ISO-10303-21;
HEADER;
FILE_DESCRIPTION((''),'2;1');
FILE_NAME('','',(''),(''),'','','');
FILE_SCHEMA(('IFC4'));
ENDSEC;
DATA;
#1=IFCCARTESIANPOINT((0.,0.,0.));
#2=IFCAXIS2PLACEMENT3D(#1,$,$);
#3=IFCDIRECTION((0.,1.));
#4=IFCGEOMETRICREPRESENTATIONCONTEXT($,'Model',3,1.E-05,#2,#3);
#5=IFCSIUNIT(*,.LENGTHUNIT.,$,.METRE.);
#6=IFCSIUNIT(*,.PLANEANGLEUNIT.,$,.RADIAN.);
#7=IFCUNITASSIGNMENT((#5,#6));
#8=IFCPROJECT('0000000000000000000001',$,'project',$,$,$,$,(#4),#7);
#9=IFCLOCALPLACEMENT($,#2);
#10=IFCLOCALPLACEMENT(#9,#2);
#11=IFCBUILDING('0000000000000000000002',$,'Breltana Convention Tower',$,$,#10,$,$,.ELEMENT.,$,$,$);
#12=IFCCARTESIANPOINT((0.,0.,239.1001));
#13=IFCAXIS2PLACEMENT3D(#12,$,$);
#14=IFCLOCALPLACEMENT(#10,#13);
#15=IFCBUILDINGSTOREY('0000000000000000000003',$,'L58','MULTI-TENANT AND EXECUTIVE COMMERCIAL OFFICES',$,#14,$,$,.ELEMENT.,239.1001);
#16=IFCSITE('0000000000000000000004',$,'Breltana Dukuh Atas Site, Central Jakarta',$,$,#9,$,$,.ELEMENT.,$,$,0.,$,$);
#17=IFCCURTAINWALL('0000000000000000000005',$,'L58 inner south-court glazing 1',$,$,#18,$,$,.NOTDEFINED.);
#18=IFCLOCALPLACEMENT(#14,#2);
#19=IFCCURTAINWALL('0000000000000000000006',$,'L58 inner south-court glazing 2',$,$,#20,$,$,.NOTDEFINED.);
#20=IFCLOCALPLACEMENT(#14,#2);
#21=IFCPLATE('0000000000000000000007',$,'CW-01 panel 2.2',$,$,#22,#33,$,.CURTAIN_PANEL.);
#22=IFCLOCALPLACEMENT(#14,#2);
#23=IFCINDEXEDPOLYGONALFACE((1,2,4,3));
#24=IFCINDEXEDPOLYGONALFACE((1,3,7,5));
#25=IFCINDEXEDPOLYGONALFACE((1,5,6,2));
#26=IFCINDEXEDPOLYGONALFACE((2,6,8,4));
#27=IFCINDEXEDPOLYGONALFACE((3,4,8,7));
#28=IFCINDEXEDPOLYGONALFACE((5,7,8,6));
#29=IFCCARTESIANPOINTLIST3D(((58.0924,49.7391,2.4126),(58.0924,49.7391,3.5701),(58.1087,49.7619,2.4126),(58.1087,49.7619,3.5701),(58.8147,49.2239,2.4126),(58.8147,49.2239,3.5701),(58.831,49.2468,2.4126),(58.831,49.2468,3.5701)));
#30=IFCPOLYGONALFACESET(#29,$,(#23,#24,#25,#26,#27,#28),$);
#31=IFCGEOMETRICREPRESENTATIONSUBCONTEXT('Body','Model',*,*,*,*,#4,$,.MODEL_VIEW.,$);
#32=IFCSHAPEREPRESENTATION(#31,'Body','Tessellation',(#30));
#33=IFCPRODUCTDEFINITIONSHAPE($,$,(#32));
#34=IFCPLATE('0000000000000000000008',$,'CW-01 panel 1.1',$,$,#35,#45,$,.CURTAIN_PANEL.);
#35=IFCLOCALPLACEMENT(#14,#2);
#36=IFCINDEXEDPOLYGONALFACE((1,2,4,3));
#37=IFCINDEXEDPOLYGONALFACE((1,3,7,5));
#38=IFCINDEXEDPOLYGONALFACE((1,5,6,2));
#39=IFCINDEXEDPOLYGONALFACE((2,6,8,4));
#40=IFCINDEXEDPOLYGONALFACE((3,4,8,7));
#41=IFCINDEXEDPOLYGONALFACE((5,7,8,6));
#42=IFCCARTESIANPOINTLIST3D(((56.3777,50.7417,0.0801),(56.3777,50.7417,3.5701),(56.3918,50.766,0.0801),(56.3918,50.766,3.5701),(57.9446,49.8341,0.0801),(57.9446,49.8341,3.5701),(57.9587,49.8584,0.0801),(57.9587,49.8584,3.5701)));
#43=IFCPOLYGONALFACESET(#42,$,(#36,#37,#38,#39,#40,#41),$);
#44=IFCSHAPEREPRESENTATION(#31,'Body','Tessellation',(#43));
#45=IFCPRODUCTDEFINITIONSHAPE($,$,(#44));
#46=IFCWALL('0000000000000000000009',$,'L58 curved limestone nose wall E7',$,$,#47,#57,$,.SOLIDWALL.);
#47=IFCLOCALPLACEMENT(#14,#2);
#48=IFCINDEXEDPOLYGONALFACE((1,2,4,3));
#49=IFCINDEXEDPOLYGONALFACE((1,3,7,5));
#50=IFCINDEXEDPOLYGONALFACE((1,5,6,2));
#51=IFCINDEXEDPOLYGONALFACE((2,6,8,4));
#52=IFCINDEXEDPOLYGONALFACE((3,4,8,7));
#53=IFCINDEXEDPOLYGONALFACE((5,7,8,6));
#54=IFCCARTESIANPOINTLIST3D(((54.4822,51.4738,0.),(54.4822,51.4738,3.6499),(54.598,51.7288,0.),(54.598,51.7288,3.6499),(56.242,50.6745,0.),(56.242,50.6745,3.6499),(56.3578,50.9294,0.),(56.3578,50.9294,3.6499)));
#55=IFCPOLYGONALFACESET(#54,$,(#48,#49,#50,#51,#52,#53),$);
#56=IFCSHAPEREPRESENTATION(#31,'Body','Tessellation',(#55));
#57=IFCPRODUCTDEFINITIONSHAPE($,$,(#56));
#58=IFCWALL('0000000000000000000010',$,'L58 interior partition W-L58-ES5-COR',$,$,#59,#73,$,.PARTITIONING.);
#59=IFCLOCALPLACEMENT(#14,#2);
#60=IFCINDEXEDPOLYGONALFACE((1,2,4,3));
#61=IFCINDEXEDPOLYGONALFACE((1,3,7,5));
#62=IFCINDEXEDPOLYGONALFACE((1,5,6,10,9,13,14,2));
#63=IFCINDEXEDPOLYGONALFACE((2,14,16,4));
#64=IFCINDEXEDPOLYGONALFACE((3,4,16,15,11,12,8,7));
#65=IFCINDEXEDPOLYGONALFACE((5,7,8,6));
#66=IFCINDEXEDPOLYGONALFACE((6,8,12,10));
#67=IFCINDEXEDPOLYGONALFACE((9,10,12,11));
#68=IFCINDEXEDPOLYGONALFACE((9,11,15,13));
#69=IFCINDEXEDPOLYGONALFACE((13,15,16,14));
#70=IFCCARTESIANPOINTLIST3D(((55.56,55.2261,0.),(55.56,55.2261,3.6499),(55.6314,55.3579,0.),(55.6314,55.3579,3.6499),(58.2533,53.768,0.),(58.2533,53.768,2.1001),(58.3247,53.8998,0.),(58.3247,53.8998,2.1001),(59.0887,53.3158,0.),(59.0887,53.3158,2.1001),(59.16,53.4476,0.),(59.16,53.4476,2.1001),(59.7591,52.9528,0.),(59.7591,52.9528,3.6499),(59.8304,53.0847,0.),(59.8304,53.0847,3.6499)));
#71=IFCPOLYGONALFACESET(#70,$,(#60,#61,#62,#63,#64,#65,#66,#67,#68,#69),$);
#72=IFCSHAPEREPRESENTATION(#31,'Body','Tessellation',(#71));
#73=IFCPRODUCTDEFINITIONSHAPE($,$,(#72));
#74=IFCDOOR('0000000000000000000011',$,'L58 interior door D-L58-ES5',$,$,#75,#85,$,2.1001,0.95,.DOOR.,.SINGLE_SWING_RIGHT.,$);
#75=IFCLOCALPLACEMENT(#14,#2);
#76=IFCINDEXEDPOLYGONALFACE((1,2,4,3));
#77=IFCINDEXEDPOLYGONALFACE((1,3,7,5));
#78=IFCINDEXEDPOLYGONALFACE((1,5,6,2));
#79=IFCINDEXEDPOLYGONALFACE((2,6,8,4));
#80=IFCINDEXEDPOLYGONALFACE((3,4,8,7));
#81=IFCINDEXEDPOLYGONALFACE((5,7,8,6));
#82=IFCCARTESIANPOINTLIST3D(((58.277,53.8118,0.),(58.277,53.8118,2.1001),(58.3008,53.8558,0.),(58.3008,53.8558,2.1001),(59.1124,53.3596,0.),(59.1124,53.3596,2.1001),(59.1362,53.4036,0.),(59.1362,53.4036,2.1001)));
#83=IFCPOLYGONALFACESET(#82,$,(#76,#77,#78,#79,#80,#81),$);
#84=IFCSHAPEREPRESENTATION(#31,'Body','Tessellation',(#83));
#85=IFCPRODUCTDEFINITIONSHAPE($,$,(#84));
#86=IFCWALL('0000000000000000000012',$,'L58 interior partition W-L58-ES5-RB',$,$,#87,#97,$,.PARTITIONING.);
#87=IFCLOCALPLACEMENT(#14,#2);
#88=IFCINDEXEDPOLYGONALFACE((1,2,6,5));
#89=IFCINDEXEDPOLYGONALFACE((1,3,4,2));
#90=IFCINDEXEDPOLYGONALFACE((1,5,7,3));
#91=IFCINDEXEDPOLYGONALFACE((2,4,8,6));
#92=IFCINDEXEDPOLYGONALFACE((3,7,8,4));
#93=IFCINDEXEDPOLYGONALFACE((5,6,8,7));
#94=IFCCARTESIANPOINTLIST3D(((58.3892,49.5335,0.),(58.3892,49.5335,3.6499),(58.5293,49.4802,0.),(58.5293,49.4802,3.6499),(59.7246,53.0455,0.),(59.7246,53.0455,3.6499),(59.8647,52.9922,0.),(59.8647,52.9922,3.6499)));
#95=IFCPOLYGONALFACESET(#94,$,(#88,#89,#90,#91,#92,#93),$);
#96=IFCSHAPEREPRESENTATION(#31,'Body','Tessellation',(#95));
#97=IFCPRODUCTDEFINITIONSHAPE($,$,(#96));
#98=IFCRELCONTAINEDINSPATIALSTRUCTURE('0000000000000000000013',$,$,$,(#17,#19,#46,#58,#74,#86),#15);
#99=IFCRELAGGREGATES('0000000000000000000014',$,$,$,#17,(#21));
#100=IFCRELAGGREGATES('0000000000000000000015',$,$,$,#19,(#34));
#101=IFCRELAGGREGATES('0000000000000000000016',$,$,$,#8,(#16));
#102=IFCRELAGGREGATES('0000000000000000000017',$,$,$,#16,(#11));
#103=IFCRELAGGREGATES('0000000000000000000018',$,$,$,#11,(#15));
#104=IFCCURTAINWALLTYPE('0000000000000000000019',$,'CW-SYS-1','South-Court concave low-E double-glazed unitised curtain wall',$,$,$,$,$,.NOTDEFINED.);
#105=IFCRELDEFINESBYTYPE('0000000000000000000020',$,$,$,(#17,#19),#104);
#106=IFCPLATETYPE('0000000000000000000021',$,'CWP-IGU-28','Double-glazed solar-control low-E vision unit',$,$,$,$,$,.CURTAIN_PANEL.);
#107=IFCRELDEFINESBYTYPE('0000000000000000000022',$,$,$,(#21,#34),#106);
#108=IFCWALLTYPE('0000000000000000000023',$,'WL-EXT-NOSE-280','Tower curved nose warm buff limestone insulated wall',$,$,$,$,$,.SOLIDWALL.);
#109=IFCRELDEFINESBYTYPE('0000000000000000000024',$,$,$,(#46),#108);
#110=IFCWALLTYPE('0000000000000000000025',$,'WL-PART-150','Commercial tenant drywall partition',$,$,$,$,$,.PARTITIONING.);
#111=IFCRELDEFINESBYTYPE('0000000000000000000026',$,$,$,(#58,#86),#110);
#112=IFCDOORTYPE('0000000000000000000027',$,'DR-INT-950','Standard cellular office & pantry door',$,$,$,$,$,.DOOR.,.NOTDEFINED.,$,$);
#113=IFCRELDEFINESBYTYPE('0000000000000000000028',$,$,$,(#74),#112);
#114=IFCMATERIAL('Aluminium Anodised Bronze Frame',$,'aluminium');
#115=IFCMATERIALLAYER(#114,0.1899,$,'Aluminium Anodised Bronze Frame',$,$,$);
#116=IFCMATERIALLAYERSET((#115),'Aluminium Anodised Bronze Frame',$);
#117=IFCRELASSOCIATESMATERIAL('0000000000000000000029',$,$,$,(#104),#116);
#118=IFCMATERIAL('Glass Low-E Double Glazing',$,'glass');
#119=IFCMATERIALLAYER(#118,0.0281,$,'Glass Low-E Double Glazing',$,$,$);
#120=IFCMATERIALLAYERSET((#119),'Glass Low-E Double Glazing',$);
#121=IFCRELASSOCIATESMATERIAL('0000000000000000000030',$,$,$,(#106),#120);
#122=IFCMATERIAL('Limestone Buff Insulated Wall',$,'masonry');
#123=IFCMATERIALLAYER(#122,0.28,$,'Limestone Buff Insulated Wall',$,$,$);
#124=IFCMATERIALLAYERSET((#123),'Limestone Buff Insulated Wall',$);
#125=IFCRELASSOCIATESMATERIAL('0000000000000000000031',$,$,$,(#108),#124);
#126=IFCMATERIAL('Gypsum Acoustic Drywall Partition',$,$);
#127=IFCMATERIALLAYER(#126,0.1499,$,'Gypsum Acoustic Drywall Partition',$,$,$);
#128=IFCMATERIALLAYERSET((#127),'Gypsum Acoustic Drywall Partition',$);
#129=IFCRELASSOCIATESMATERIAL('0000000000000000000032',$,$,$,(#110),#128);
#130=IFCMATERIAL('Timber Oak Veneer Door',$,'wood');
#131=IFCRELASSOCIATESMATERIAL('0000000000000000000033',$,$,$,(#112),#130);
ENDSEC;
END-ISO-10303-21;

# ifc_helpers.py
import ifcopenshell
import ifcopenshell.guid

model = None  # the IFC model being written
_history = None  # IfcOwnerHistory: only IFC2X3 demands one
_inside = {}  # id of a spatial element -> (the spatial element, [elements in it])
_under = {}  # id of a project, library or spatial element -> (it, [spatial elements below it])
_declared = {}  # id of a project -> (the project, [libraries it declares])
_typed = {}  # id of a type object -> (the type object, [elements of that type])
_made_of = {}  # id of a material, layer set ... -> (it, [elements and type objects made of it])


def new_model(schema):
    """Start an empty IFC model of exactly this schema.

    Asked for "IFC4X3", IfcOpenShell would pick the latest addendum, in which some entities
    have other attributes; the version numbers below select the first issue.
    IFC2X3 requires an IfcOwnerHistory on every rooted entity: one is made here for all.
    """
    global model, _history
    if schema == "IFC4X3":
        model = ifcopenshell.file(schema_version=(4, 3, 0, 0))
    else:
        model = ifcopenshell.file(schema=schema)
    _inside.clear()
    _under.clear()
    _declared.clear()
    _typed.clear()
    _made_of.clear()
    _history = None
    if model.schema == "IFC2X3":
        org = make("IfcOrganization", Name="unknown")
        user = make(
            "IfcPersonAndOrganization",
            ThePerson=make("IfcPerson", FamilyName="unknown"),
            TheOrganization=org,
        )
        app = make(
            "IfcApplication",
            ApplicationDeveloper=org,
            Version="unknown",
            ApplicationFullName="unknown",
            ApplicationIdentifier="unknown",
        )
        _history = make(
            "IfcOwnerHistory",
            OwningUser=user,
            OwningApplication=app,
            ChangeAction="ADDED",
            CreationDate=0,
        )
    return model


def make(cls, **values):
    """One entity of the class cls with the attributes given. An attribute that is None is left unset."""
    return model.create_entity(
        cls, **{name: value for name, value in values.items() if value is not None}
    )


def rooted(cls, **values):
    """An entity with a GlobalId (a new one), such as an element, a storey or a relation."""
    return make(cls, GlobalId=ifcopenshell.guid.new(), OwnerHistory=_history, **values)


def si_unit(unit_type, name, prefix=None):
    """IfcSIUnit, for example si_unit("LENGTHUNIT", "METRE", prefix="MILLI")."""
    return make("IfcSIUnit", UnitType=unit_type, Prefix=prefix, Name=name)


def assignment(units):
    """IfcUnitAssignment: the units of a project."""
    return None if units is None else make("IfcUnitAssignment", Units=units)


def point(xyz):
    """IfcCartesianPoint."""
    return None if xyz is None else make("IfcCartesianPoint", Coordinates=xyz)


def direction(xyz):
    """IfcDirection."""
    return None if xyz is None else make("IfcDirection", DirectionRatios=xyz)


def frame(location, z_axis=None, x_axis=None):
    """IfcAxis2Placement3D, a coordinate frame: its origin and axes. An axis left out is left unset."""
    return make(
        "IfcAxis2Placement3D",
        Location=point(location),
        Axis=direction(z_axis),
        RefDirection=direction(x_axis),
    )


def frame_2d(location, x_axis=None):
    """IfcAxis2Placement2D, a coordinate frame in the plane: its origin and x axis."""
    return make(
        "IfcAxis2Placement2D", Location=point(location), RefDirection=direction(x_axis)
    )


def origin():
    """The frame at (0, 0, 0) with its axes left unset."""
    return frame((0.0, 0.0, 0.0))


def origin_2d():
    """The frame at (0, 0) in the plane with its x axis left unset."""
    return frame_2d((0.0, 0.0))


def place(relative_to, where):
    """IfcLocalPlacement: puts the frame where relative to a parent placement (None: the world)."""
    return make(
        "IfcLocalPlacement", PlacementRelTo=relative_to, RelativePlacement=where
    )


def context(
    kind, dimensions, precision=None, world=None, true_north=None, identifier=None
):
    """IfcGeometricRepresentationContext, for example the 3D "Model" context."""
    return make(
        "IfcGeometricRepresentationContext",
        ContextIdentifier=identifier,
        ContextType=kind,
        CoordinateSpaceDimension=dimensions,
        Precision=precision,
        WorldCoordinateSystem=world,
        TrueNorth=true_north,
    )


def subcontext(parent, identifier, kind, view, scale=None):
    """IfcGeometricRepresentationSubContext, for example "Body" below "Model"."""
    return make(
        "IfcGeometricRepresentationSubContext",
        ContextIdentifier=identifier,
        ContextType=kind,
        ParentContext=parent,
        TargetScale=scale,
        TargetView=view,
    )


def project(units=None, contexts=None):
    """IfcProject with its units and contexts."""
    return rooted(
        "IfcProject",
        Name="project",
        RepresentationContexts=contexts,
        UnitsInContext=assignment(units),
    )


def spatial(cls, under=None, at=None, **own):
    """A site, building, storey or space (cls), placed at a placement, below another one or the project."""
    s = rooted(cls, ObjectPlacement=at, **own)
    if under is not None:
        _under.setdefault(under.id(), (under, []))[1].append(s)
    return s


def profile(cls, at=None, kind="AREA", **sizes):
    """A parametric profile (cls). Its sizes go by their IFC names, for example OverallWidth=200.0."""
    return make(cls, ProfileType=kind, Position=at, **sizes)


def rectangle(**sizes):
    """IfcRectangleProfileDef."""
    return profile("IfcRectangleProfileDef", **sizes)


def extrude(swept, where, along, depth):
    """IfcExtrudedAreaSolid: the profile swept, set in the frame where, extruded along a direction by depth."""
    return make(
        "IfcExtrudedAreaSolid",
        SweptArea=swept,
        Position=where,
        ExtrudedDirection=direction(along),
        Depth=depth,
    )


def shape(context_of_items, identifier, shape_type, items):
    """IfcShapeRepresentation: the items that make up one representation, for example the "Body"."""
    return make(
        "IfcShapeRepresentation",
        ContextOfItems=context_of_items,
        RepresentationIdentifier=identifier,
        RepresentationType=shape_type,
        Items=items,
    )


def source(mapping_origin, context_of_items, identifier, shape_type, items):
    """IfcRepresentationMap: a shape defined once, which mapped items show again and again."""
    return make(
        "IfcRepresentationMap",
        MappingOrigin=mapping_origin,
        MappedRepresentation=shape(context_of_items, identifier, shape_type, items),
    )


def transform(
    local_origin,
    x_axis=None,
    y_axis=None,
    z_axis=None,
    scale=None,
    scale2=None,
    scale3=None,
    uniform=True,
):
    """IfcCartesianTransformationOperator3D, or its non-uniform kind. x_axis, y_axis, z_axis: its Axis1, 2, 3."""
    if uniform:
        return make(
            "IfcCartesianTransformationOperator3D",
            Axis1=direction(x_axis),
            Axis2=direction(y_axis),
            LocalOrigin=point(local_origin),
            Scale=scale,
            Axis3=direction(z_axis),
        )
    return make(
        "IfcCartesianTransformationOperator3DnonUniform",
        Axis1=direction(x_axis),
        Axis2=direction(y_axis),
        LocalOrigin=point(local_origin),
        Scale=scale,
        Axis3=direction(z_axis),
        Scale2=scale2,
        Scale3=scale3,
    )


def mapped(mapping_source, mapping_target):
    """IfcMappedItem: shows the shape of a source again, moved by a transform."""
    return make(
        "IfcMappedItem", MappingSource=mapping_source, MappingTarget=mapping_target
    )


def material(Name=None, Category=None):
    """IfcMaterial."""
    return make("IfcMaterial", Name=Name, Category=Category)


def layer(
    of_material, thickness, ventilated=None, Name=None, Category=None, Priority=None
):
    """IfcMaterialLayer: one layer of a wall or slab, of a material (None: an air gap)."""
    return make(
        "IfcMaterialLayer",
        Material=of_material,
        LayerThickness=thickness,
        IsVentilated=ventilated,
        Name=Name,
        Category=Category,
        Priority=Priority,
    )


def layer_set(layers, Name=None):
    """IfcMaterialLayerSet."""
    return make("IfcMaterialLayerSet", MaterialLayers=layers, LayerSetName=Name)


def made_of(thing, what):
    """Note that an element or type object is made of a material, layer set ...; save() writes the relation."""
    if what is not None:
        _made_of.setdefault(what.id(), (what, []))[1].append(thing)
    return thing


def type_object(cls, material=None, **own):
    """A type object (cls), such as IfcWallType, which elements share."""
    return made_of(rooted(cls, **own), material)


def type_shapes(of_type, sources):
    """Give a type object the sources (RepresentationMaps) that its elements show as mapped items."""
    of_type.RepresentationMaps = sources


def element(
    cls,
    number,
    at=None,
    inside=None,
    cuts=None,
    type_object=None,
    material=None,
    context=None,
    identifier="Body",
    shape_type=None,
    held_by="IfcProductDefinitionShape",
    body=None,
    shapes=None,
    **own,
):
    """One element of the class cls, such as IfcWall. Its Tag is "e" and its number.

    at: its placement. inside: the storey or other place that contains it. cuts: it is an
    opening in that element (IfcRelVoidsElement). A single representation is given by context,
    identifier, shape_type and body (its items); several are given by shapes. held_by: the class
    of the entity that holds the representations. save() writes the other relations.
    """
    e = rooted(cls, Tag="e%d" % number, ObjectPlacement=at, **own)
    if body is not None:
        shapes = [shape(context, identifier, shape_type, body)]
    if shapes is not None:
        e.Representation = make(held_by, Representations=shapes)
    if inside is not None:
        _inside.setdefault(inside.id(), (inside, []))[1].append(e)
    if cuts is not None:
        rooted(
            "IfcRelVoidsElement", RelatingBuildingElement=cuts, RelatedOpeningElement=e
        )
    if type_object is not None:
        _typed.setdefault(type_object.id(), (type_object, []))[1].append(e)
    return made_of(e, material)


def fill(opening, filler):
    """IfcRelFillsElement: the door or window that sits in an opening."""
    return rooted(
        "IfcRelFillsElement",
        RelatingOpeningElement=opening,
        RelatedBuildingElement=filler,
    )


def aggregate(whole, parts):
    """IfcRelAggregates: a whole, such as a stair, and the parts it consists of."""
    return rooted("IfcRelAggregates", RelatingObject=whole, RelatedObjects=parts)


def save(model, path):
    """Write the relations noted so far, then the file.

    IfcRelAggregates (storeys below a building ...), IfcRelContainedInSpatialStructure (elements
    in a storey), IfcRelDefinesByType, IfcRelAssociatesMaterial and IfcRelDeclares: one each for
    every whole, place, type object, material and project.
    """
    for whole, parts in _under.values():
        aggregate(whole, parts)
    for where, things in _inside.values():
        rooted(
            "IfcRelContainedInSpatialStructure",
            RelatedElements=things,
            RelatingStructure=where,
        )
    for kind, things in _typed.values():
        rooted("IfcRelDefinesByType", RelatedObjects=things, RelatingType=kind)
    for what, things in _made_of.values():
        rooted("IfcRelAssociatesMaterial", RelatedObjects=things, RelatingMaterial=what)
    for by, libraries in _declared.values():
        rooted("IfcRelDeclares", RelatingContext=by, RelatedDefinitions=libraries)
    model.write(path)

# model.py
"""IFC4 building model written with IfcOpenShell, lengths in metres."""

from ifc_helpers import new_model, si_unit, direction, frame, frame_2d, origin, origin_2d, place, context, subcontext, project, spatial, rectangle, extrude, source, transform, mapped, material, layer, layer_set, type_object, type_shapes, element, fill, aggregate, save


model = new_model("IFC4")

# Units and contexts
model_context = context("Model", 3, precision=1e-05, world=origin(), true_north=direction((0.0, 1.0)))
body_context = subcontext(model_context, "Body", "Model", "MODEL_VIEW")
ifc_project = project(units=[si_unit("LENGTHUNIT", "METRE"), si_unit("PLANEANGLEUNIT", "RADIAN")], contexts=[model_context])

# Site, building, storey
site_placement = place(None, origin())
site = spatial("IfcSite", under=ifc_project, at=site_placement, Name="Breltana Dukuh Atas Site, Central Jakarta", CompositionType="ELEMENT", RefElevation=0.0)
building_placement = place(site_placement, origin())
building = spatial("IfcBuilding", under=site, at=building_placement, Name="Breltana Convention Tower", CompositionType="ELEMENT")
storey_placement = place(building_placement, frame((0.0, 0.0, 239.1001)))
storey = spatial("IfcBuildingStorey", under=building, at=storey_placement, Name="L58", Description="MULTI-TENANT AND EXECUTIVE COMMERCIAL OFFICES", CompositionType="ELEMENT", Elevation=239.1001)

# Curtain wall
ifc_material_1 = material(Name="Aluminium Anodised Bronze Frame", Category="aluminium")
ifc_layer_1 = layer(ifc_material_1, 0.1899, Name="Aluminium Anodised Bronze Frame")
ifc_layer_set_1 = layer_set([ifc_layer_1], Name="Aluminium Anodised Bronze Frame")
curtain_wall_type = type_object("IfcCurtainWallType", Name="CW-SYS-1", Description="South-Court concave low-E double-glazed unitised curtain wall", PredefinedType="NOTDEFINED", material=ifc_layer_set_1)
curtain_wall_1_placement = place(storey_placement, origin())
curtain_wall_1 = element("IfcCurtainWall", 1, at=curtain_wall_1_placement, inside=storey, type_object=curtain_wall_type, Name="L58 inner south-court glazing 1", PredefinedType="NOTDEFINED")

# Curtain wall
curtain_wall_2_placement = place(storey_placement, origin())
curtain_wall_2 = element("IfcCurtainWall", 2, at=curtain_wall_2_placement, inside=storey, type_object=curtain_wall_type, Name="L58 inner south-court glazing 2", PredefinedType="NOTDEFINED")

# Plates
ifc_material_2 = material(Name="Glass Low-E Double Glazing", Category="glass")
ifc_layer_2 = layer(ifc_material_2, 0.0281, Name="Glass Low-E Double Glazing")
ifc_layer_set_2 = layer_set([ifc_layer_2], Name="Glass Low-E Double Glazing")
plate_type = type_object("IfcPlateType", Name="CWP-IGU-28", Description="Double-glazed solar-control low-E vision unit", PredefinedType="CURTAIN_PANEL", material=ifc_layer_set_2)
shared_shape_1 = source(origin(), body_context, "Body", "SweptSolid", [
    extrude(rectangle(XDim=0.8872, YDim=0.0281, at=origin_2d()), origin(), (0.0, 0.0, 1.0), 1.1575),
])
plate_1_placement = place(storey_placement, frame((58.4617, 49.4929, 2.4126), z_axis=(0.0, 0.0, 1.0), x_axis=(-0.814132, 0.580679, 0.0)))
plate_1 = element("IfcPlate", 3, at=plate_1_placement, type_object=plate_type, Name="CW-01 panel 2.2", PredefinedType="CURTAIN_PANEL", context=body_context, shape_type="MappedRepresentation", body=[
    mapped(shared_shape_1, transform((0.0, 0.0, 0.0), scale=1.0)),
])
aggregate(curtain_wall_1, [plate_1])
shared_shape_2 = source(origin(), body_context, "Body", "SweptSolid", [
    extrude(rectangle(XDim=1.8108, YDim=0.0281, at=origin_2d()), origin(), (0.0, 0.0, 1.0), 3.49),
])
plate_2_placement = place(storey_placement, frame((57.1682, 50.3, 0.0801), z_axis=(0.0, 0.0, 1.0), x_axis=(-0.865337, 0.50119, 0.0)))
plate_2 = element("IfcPlate", 4, at=plate_2_placement, type_object=plate_type, Name="CW-01 panel 1.1", PredefinedType="CURTAIN_PANEL", context=body_context, shape_type="MappedRepresentation", body=[
    mapped(shared_shape_2, transform((0.0, 0.0, 0.0), scale=1.0)),
])
aggregate(curtain_wall_2, [plate_2])

# Wall
ifc_material_3 = material(Name="Limestone Buff Insulated Wall", Category="masonry")
ifc_layer_3 = layer(ifc_material_3, 0.28, Name="Limestone Buff Insulated Wall")
ifc_layer_set_3 = layer_set([ifc_layer_3], Name="Limestone Buff Insulated Wall")
wall_type_1 = type_object("IfcWallType", Name="WL-EXT-NOSE-280", Description="Tower curved nose warm buff limestone insulated wall", PredefinedType="SOLIDWALL", material=ifc_layer_set_3)
shared_shape_3 = source(origin(), body_context, "Body", "SweptSolid", [
    extrude(rectangle(XDim=1.9329, YDim=0.28, at=frame_2d((0.9663, 0.0))), origin(), (0.0, 0.0, 1.0), 3.6499),
])
wall_1_placement = place(storey_placement, frame((56.2998, 50.802, 0.0), z_axis=(0.0, 0.0, 1.0), x_axis=(-0.910479, 0.413555, 0.0)))
element("IfcWall", 5, at=wall_1_placement, inside=storey, type_object=wall_type_1, Name="L58 curved limestone nose wall E7", PredefinedType="SOLIDWALL", context=body_context, shape_type="MappedRepresentation", body=[
    mapped(shared_shape_3, transform((0.0, 0.0, 0.0), scale=1.0)),
])

# Wall, opening, door
ifc_material_4 = material(Name="Gypsum Acoustic Drywall Partition")
ifc_layer_4 = layer(ifc_material_4, 0.1499, Name="Gypsum Acoustic Drywall Partition")
ifc_layer_set_4 = layer_set([ifc_layer_4], Name="Gypsum Acoustic Drywall Partition")
wall_type_2 = type_object("IfcWallType", Name="WL-PART-150", Description="Commercial tenant drywall partition", PredefinedType="PARTITIONING", material=ifc_layer_set_4)
shared_shape_4 = source(origin(), body_context, "Body", "SweptSolid", [
    extrude(rectangle(XDim=4.7749, YDim=0.1499, at=frame_2d((2.3875, 0.0))), origin(), (0.0, 0.0, 1.0), 3.6499),
])
wall_2_placement = place(storey_placement, frame((55.5957, 55.292, 0.0), z_axis=(0.0, 0.0, 1.0), x_axis=(0.879402, -0.476081, 0.0)))
wall_2 = element("IfcWall", 6, at=wall_2_placement, inside=storey, type_object=wall_type_2, Name="L58 interior partition W-L58-ES5-COR", PredefinedType="PARTITIONING", context=body_context, shape_type="MappedRepresentation", body=[
    mapped(shared_shape_4, transform((0.0, 0.0, 0.0), scale=1.0)),
])
opening_placement = place(wall_2_placement, frame((3.0625, 0.0, 0.0)))
opening = element("IfcOpeningElement", 7, at=opening_placement, cuts=wall_2, PredefinedType="OPENING", context=body_context, shape_type="SweptSolid", body=[
    extrude(rectangle(XDim=0.95, YDim=2.1001, at=frame_2d((0.4751, 1.05))), frame((0.0, 0.085, 0.0), z_axis=(0.0, -1.0, 0.0), x_axis=(1.0, 0.0, 0.0)), (0.0, 0.0, 1.0), 0.1699),
])
ifc_material_5 = material(Name="Timber Oak Veneer Door", Category="wood")
door_type = type_object("IfcDoorType", Name="DR-INT-950", Description="Standard cellular office & pantry door", OperationType="NOTDEFINED", PredefinedType="DOOR", material=ifc_material_5)
shared_shape_5 = source(origin(), body_context, "Body", "SweptSolid", [
    extrude(rectangle(XDim=0.95, YDim=2.1001, at=frame_2d((0.4751, 1.05))), frame((0.0, 0.0249, 0.0), z_axis=(0.0, -1.0, 0.0), x_axis=(1.0, 0.0, 0.0)), (0.0, 0.0, 1.0), 0.05),
])
type_shapes(door_type, [shared_shape_5])
door_placement = place(opening_placement, origin())
door = element("IfcDoor", 8, at=door_placement, inside=storey, type_object=door_type, Name="L58 interior door D-L58-ES5", OperationType="SINGLE_SWING_RIGHT", OverallHeight=2.1001, OverallWidth=0.95, PredefinedType="DOOR", context=body_context, shape_type="MappedRepresentation", body=[
    mapped(shared_shape_5, transform((0.0, 0.0, 0.0), scale=1.0)),
])
fill(opening, door)

# Wall
shared_shape_6 = source(origin(), body_context, "Body", "SweptSolid", [
    extrude(rectangle(XDim=3.7573, YDim=0.1499, at=frame_2d((1.8787, 0.0))), origin(), (0.0, 0.0, 1.0), 3.6499),
])
wall_3_placement = place(storey_placement, frame((58.4592, 49.5068, 0.0), z_axis=(0.0, 0.0, 1.0), x_axis=(0.355428, 0.934704, 0.0)))
element("IfcWall", 9, at=wall_3_placement, inside=storey, type_object=wall_type_2, Name="L58 interior partition W-L58-ES5-RB", PredefinedType="PARTITIONING", context=body_context, shape_type="MappedRepresentation", body=[
    mapped(shared_shape_6, transform((0.0, 0.0, 0.0), scale=1.0)),
])

save(model, "model.ifc")
